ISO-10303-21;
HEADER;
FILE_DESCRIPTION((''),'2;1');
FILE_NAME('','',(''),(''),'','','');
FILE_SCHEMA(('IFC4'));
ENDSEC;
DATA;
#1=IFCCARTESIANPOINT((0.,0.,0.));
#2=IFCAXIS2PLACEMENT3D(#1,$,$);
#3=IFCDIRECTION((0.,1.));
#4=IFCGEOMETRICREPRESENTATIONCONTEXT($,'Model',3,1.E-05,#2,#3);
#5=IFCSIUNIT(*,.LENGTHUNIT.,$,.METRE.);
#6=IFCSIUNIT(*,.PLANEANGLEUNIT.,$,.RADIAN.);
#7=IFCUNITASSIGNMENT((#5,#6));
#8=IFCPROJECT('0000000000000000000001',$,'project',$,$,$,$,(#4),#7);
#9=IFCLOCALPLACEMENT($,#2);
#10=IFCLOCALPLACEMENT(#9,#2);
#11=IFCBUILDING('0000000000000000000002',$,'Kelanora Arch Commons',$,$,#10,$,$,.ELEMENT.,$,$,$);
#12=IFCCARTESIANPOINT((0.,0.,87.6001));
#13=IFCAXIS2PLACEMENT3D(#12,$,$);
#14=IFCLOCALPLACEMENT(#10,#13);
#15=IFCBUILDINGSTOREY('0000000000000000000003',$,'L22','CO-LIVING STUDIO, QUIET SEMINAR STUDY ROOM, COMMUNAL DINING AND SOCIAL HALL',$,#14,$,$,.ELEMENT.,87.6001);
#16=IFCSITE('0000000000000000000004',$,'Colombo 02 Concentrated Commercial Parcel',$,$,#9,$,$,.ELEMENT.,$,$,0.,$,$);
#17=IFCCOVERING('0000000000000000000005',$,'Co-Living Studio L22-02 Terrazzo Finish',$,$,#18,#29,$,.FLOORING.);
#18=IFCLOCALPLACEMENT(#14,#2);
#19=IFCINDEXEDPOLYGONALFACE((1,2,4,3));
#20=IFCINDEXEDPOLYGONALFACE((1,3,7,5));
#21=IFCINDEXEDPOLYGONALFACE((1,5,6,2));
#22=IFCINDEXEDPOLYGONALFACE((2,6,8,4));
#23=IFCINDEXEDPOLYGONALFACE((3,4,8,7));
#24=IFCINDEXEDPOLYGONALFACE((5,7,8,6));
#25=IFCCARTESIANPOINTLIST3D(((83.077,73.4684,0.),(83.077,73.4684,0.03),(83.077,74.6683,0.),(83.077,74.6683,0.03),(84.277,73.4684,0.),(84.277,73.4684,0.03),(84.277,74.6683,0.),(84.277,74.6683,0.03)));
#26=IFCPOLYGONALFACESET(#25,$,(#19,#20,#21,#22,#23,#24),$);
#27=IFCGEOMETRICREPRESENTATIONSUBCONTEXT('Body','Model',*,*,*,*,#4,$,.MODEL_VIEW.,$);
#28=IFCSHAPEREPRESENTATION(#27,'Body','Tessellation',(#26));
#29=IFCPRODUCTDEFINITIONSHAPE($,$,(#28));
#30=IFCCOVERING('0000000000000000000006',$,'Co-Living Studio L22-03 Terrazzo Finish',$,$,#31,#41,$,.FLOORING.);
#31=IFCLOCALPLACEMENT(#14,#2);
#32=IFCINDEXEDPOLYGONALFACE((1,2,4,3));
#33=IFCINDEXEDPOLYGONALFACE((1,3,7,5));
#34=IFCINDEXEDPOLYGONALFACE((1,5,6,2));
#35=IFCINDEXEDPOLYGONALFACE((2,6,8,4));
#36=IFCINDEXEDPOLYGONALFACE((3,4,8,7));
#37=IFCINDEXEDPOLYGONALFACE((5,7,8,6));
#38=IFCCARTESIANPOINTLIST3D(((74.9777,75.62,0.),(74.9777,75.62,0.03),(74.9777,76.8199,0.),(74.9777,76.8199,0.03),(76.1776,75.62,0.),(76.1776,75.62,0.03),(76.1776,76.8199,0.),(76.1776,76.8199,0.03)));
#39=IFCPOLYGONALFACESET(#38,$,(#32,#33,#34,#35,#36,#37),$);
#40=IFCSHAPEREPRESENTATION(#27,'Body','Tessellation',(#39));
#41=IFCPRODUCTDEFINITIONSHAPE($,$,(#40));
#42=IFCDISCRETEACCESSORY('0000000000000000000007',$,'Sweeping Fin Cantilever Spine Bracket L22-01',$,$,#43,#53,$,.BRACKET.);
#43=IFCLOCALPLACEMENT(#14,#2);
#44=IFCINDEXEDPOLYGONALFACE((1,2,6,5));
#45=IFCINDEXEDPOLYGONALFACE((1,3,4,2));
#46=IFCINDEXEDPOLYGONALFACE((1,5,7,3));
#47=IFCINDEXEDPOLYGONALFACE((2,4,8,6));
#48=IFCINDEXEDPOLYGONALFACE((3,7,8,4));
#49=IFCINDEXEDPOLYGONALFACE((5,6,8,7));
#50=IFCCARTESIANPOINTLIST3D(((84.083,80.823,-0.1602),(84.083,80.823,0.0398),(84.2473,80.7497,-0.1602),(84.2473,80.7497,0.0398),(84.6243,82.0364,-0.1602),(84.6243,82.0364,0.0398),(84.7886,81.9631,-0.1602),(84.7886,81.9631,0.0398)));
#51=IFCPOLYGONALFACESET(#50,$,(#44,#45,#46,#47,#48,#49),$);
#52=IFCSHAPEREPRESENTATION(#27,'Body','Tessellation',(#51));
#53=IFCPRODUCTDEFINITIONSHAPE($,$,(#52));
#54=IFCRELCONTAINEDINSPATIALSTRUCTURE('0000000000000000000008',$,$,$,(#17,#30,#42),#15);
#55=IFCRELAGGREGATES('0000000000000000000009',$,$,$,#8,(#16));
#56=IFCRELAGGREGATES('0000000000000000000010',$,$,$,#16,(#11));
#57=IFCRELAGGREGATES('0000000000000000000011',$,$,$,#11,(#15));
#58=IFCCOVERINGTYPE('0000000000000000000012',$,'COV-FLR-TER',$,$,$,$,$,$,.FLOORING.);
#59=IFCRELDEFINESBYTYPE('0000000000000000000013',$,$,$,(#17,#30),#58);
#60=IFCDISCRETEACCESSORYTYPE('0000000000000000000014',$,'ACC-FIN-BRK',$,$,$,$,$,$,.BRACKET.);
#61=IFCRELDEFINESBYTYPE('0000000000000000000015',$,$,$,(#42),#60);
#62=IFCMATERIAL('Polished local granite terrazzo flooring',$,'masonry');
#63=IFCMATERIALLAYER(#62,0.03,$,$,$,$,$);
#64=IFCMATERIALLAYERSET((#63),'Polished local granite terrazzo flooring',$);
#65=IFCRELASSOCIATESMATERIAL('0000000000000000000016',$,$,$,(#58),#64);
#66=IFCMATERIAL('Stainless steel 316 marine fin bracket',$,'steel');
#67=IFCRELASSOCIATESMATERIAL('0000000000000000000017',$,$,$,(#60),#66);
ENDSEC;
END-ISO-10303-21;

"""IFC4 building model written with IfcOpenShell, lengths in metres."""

from ifc_helpers import new_model, si_unit, direction, frame, origin, origin_2d, place, context, subcontext, project, spatial, rectangle, extrude, source, transform, mapped, material, layer, layer_set, type_object, element, save


model = new_model("IFC4")

# Units and contexts
model_context = context("Model", 3, precision=1e-05, world=origin(), true_north=direction((0.0, 1.0)))
body_context = subcontext(model_context, "Body", "Model", "MODEL_VIEW")
ifc_project = project(units=[si_unit("LENGTHUNIT", "METRE"), si_unit("PLANEANGLEUNIT", "RADIAN")], contexts=[model_context])

# Site, building, storey
site_placement = place(None, origin())
site = spatial("IfcSite", under=ifc_project, at=site_placement, Name="Colombo 02 Concentrated Commercial Parcel", CompositionType="ELEMENT", RefElevation=0.0)
building_placement = place(site_placement, origin())
building = spatial("IfcBuilding", under=site, at=building_placement, Name="Kelanora Arch Commons", CompositionType="ELEMENT")
storey_placement = place(building_placement, frame((0.0, 0.0, 87.6001)))
storey = spatial("IfcBuildingStorey", under=building, at=storey_placement, Name="L22", Description="CO-LIVING STUDIO, QUIET SEMINAR STUDY ROOM, COMMUNAL DINING AND SOCIAL HALL", CompositionType="ELEMENT", Elevation=87.6001)

# Coverings
ifc_material_1 = material(Name="Polished local granite terrazzo flooring", Category="masonry")
ifc_layer_1 = layer(ifc_material_1, 0.03)
ifc_layer_set_1 = layer_set([ifc_layer_1], Name="Polished local granite terrazzo flooring")
covering_type = type_object("IfcCoveringType", Name="COV-FLR-TER", PredefinedType="FLOORING", material=ifc_layer_set_1)
shared_shape_1 = source(origin(), body_context, "Body", "SweptSolid", [
    extrude(rectangle(XDim=1.2, YDim=1.2, at=origin_2d()), origin(), (0.0, 0.0, 1.0), 0.03),
])
for number, where, z_axis, x_axis, name in (
    (1, (83.677, 74.0684, 0.0), (0.0, 0.0, 1.0), (1.0, 0.0, 0.0), "Co-Living Studio L22-02 Terrazzo Finish"),
    (2, (75.5776, 76.22, 0.0), (0.0, 0.0, 1.0), (1.0, 0.0, 0.0), "Co-Living Studio L22-03 Terrazzo Finish"),
):
    element("IfcCovering", number, at=place(storey_placement, frame(where, z_axis=z_axis, x_axis=x_axis)), inside=storey, type_object=covering_type, Name=name, PredefinedType="FLOORING", context=body_context, shape_type="MappedRepresentation", body=[
        mapped(shared_shape_1, transform((0.0, 0.0, 0.0), scale=1.0)),
    ])

# Discrete accessory
ifc_material_2 = material(Name="Stainless steel 316 marine fin bracket", Category="steel")
discrete_accessory_type = type_object("IfcDiscreteAccessoryType", Name="ACC-FIN-BRK", PredefinedType="BRACKET", material=ifc_material_2)
shared_shape_2 = source(origin(), body_context, "Body", "SweptSolid", [
    extrude(rectangle(XDim=1.3286, YDim=0.1799, at=origin_2d()), origin(), (0.0, 0.0, 1.0), 0.2),
])
discrete_accessory_placement = place(storey_placement, frame((84.4358, 81.3931, -0.1602), z_axis=(0.0, 0.0, 1.0), x_axis=(0.407374, 0.913261, 0.0)))
element("IfcDiscreteAccessory", 3, at=discrete_accessory_placement, inside=storey, type_object=discrete_accessory_type, Name="Sweeping Fin Cantilever Spine Bracket L22-01", PredefinedType="BRACKET", context=body_context, shape_type="MappedRepresentation", body=[
    mapped(shared_shape_2, transform((0.0, 0.0, 0.0), scale=1.0)),
])

save(model, "model.ifc")
